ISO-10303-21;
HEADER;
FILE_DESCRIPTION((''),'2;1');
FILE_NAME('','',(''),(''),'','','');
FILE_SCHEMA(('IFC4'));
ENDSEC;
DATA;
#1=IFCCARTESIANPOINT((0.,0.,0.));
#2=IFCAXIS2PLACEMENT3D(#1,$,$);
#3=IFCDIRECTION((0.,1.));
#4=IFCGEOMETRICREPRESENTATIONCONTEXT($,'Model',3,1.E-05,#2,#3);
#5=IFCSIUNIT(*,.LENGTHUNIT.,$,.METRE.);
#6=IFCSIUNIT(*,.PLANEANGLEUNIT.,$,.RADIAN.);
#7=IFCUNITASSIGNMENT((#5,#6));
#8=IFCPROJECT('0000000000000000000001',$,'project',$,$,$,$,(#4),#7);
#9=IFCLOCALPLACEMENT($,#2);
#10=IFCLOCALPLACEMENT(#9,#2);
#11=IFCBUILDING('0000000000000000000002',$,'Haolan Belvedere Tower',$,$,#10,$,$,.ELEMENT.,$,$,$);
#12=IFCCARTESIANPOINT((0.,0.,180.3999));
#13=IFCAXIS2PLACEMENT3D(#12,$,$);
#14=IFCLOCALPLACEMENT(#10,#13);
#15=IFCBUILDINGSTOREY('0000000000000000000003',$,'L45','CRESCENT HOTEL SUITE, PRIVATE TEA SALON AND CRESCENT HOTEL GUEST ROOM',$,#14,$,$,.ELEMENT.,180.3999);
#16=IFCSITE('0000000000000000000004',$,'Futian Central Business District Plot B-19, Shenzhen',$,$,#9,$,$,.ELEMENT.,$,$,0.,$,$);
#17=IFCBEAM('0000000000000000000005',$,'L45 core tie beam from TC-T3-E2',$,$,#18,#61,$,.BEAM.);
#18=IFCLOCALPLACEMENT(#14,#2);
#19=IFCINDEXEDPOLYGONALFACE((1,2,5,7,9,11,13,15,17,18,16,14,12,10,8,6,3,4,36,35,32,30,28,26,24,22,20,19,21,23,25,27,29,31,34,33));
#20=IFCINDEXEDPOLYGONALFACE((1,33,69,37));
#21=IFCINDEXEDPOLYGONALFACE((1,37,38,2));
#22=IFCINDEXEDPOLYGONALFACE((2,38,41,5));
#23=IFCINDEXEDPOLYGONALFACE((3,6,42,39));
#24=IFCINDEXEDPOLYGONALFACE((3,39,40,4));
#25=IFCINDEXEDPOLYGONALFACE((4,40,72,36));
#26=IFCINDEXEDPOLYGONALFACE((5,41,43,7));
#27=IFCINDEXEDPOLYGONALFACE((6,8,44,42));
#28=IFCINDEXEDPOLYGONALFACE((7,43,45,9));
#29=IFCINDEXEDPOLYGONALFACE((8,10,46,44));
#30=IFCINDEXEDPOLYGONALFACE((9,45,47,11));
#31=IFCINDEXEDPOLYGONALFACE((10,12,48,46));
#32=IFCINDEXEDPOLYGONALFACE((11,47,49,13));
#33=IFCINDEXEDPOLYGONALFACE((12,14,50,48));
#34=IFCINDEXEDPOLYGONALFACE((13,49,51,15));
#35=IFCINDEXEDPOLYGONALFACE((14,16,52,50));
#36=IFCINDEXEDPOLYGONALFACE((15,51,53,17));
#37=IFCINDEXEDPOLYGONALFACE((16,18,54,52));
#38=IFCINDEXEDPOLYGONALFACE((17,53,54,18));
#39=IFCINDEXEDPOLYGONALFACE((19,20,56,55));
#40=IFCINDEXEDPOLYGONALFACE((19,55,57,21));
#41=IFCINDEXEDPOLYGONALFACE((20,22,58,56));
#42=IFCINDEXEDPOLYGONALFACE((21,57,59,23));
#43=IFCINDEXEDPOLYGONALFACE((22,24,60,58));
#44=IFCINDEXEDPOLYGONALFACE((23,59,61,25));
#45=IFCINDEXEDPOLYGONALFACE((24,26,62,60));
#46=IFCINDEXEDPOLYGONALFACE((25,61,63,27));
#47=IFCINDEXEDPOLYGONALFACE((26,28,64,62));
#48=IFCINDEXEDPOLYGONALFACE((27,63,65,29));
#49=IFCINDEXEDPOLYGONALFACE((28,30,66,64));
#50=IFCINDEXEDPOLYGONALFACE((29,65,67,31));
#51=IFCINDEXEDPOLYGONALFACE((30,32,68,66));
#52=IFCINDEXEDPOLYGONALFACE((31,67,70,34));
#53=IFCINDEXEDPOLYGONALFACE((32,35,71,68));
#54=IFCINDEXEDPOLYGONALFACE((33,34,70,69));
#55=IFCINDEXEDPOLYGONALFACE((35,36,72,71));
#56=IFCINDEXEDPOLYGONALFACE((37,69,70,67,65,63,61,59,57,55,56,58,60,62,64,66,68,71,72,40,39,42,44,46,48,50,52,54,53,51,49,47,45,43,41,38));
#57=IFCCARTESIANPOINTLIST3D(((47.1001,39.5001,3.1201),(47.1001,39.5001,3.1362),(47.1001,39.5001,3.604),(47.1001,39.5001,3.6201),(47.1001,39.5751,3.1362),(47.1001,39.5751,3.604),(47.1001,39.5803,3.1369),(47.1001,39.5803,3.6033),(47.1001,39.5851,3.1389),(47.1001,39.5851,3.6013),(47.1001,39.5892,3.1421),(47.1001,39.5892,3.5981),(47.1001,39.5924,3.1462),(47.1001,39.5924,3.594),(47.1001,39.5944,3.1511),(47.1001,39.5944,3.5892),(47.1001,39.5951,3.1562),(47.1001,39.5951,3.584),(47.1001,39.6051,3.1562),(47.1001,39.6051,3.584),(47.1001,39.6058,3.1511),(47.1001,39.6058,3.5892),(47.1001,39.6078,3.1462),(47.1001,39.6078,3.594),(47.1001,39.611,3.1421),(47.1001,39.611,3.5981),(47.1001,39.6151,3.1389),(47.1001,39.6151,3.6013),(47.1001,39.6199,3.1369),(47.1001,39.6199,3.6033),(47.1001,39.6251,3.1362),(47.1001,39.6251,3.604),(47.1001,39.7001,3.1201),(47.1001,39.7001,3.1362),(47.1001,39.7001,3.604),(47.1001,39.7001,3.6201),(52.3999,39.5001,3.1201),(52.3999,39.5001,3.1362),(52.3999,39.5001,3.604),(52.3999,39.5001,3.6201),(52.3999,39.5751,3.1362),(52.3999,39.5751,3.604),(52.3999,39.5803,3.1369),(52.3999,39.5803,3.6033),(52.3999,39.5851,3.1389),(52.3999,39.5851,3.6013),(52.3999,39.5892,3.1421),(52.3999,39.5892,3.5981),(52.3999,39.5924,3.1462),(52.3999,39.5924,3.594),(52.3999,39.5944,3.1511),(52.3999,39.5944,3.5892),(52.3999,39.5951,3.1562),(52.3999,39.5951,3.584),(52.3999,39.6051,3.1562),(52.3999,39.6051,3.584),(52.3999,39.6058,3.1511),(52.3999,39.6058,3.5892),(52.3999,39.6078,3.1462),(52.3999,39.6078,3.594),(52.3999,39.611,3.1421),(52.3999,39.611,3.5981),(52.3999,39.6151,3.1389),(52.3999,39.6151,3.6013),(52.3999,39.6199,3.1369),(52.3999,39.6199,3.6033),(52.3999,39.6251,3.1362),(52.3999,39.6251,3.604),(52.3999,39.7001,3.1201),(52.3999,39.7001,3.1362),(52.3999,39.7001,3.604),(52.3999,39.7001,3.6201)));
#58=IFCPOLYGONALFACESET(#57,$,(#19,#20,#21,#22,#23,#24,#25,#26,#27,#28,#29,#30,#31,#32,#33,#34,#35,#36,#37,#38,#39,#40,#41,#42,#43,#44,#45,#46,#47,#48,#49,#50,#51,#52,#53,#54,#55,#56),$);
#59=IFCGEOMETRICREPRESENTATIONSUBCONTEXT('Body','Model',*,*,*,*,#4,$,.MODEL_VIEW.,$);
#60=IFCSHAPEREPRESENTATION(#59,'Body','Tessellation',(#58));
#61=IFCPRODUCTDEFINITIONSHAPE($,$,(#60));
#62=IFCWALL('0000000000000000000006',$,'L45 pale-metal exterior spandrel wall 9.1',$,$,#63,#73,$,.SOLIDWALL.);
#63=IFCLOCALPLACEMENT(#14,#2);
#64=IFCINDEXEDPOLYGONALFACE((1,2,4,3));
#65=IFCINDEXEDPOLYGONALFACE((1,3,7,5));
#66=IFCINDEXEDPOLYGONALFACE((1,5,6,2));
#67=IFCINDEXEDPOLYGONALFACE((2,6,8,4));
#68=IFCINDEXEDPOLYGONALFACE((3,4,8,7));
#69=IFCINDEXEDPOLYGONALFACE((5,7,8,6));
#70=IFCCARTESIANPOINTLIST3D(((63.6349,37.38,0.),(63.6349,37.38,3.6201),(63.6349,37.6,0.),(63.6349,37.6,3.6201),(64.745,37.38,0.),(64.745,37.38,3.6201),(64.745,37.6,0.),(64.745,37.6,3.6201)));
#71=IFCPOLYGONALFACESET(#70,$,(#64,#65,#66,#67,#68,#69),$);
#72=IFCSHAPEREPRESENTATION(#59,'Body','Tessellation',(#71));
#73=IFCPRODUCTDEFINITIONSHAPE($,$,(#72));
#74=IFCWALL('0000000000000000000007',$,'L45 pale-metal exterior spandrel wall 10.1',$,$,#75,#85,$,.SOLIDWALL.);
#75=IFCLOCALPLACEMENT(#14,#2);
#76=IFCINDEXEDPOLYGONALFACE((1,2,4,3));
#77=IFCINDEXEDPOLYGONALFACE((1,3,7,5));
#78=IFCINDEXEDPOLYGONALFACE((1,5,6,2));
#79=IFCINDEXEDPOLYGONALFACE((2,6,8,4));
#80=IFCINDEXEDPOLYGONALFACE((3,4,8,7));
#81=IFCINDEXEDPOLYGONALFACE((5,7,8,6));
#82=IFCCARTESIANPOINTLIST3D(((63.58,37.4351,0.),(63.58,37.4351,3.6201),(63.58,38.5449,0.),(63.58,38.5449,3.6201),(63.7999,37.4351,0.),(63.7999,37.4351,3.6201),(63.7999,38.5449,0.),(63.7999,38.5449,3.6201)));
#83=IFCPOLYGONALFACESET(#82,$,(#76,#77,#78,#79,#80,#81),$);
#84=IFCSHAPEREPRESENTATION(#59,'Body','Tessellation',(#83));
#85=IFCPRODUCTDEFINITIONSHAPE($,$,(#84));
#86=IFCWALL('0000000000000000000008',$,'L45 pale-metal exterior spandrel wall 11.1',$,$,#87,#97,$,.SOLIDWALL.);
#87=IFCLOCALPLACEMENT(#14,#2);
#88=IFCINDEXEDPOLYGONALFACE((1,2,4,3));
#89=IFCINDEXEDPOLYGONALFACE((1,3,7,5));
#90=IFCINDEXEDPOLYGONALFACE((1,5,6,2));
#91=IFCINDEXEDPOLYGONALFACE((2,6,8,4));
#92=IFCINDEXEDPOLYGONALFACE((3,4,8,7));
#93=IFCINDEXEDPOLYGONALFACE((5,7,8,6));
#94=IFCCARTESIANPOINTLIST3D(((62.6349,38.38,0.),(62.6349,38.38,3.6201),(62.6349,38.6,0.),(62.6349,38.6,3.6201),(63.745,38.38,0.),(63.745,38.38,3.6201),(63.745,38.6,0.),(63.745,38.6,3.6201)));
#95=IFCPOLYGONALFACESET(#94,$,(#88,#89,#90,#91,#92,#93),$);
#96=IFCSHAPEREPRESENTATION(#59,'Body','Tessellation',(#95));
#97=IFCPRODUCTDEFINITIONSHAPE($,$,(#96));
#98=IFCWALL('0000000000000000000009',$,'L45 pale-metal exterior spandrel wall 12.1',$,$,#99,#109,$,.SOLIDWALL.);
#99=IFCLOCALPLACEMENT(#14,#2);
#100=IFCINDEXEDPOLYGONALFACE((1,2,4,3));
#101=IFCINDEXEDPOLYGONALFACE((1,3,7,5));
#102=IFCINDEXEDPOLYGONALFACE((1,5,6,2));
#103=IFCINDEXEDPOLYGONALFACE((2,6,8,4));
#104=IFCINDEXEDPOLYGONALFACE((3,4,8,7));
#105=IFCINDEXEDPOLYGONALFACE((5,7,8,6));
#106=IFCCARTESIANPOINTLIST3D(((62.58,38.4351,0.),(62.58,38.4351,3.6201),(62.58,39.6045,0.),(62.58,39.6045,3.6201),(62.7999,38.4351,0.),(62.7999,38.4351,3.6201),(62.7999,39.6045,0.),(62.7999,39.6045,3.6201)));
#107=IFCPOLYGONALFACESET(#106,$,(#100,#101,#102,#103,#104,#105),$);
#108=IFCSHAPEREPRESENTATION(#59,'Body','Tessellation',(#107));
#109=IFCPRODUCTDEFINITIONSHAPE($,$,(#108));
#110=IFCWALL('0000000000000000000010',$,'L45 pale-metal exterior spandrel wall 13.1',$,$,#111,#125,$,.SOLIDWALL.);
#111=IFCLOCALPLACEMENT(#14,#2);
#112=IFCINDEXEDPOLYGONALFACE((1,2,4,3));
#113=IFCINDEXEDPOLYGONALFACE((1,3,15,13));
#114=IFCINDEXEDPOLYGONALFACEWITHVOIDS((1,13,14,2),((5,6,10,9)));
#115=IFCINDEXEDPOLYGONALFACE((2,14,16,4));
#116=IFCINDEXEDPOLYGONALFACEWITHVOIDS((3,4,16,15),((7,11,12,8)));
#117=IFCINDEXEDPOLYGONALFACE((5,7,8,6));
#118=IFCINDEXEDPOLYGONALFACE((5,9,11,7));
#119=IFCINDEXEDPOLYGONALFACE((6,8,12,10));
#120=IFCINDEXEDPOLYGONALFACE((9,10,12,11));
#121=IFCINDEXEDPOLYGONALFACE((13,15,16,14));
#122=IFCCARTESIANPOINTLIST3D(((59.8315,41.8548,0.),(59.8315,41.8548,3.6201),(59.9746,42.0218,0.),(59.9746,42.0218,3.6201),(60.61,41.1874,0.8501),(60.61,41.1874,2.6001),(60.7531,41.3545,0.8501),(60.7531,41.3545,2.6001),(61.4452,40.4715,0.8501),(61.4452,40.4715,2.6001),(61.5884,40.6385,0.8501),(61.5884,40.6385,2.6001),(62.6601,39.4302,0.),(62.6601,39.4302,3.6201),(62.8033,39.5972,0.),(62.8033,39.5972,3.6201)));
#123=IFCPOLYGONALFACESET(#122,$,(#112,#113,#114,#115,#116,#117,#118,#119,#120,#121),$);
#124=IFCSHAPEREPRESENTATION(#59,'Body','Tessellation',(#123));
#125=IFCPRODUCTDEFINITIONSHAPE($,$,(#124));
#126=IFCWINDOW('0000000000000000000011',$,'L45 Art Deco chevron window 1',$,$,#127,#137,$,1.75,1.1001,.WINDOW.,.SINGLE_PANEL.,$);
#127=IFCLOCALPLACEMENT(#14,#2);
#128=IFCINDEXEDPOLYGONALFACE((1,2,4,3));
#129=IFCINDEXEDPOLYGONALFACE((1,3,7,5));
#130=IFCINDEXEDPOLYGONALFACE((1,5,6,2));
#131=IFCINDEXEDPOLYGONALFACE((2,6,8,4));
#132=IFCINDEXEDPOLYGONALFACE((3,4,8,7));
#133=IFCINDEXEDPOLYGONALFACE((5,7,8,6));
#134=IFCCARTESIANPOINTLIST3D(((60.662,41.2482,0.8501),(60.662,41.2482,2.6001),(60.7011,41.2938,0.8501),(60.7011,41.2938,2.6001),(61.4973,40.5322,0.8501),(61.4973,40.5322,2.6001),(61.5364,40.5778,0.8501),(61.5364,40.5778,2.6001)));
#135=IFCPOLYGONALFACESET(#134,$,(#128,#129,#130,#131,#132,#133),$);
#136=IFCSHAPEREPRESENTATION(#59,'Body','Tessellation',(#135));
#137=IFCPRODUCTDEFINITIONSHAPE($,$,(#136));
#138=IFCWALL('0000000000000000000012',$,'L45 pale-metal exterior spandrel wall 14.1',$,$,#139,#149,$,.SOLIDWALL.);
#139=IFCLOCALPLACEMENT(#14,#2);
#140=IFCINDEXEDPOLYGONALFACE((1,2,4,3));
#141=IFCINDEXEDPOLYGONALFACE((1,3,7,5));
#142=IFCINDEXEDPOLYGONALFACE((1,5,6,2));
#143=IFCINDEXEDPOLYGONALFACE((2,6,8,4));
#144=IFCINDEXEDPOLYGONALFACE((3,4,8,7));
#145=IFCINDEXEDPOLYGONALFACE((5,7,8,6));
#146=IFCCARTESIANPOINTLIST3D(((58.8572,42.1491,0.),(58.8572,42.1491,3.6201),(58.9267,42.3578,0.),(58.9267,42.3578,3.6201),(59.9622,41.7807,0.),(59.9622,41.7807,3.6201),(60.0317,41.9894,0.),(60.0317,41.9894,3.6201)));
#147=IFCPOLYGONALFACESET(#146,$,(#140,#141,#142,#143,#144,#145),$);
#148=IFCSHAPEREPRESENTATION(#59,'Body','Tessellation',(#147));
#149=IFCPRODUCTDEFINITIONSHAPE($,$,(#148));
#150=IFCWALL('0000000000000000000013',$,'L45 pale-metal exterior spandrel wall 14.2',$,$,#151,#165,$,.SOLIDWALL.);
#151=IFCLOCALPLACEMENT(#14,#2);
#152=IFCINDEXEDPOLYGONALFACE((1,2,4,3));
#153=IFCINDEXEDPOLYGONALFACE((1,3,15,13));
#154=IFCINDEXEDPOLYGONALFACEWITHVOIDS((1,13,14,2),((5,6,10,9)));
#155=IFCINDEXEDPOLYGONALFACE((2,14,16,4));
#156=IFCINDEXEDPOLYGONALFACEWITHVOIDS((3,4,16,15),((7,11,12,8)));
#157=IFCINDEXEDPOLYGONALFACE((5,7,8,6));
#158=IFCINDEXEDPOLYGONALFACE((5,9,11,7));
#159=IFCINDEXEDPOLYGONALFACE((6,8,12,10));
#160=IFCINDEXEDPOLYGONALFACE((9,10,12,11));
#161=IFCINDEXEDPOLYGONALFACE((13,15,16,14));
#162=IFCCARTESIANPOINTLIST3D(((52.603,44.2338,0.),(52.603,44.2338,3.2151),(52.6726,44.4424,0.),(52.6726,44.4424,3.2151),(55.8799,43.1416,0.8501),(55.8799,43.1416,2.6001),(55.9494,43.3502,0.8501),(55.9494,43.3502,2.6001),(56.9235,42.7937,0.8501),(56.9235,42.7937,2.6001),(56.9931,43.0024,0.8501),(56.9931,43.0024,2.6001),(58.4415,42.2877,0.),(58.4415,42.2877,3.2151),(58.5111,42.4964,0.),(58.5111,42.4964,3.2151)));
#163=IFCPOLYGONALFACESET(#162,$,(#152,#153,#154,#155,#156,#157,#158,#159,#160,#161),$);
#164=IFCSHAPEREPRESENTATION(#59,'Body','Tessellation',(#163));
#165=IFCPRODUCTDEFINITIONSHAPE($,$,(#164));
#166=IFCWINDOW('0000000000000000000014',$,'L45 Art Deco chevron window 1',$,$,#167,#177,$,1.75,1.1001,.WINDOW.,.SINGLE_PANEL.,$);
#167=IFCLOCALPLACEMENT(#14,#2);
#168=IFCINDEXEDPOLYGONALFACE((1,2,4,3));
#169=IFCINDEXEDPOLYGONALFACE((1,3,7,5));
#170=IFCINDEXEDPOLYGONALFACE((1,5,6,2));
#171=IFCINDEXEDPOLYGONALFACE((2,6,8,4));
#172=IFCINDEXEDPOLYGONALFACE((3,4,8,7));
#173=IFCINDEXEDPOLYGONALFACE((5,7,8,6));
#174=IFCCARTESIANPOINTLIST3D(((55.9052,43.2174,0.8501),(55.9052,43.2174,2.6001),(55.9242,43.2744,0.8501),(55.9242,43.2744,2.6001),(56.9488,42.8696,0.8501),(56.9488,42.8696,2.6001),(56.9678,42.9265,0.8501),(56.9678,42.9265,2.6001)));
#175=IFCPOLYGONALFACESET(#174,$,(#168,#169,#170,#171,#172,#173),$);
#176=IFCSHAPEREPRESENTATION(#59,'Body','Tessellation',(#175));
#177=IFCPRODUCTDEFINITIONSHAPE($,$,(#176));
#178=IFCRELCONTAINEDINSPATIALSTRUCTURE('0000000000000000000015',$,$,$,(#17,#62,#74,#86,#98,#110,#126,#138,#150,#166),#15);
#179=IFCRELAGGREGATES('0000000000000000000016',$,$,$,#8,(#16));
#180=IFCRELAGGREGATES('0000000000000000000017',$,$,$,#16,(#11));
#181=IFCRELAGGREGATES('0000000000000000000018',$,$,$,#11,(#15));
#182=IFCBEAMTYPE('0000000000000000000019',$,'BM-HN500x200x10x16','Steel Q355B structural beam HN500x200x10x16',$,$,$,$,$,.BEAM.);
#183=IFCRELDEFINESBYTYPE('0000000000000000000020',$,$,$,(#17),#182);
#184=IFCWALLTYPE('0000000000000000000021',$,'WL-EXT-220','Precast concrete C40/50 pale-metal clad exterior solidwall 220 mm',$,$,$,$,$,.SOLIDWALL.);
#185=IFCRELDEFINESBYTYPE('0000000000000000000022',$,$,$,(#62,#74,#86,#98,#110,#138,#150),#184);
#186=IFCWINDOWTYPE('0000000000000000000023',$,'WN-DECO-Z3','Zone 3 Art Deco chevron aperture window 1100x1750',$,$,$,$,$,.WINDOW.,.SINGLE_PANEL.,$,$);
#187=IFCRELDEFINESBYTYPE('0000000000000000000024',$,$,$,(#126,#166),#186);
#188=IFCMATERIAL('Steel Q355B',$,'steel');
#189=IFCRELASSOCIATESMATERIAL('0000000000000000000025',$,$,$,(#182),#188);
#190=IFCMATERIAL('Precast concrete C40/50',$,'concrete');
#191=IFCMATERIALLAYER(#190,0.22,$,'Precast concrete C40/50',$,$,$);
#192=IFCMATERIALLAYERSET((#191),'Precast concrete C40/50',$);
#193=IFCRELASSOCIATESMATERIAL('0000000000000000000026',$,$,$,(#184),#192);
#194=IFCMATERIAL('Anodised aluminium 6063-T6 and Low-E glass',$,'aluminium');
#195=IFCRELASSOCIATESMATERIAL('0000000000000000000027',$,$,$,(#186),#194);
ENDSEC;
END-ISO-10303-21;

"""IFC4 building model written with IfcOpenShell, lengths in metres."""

from ifc_helpers import new_model, si_unit, direction, frame, frame_2d, origin, origin_2d, place, context, subcontext, project, spatial, rectangle, i_section, extrude, material, layer, layer_set, material_profile, profile_set, type_object, element, fill, save


model = new_model("IFC4")

# Units and contexts
model_context = context("Model", 3, precision=1e-05, world=origin(), true_north=direction((0.0, 1.0)))
body_context = subcontext(model_context, "Body", "Model", "MODEL_VIEW")
ifc_project = project(units=[si_unit("LENGTHUNIT", "METRE"), si_unit("PLANEANGLEUNIT", "RADIAN")], contexts=[model_context])

# Site, building, storey
site_placement = place(None, origin())
site = spatial("IfcSite", under=ifc_project, at=site_placement, Name="Futian Central Business District Plot B-19, Shenzhen", CompositionType="ELEMENT", RefElevation=0.0)
building_placement = place(site_placement, origin())
building = spatial("IfcBuilding", under=site, at=building_placement, Name="Haolan Belvedere Tower", CompositionType="ELEMENT")
storey_placement = place(building_placement, frame((0.0, 0.0, 180.3999)))
storey = spatial("IfcBuildingStorey", under=building, at=storey_placement, Name="L45", Description="CRESCENT HOTEL SUITE, PRIVATE TEA SALON AND CRESCENT HOTEL GUEST ROOM", CompositionType="ELEMENT", Elevation=180.3999)

# Beam
ifc_material_1 = material(Name="Steel Q355B", Category="steel")
ifc_material_profile_1 = material_profile(ifc_material_1, i_section(OverallWidth=0.2, OverallDepth=0.5, WebThickness=0.01, FlangeThickness=0.0161, FilletRadius=0.02, at=origin_2d()), Name="Steel Q355B")
ifc_profile_set_1 = profile_set([ifc_material_profile_1], Name="Steel Q355B")
beam_type_1 = type_object("IfcBeamType", Name="BM-HN500x200x10x16", Description="Steel Q355B structural beam HN500x200x10x16", PredefinedType="BEAM", material=ifc_profile_set_1)
beam_1_placement = place(storey_placement, frame((52.3999, 39.6001, 3.3701), z_axis=(-1.0, 0.0, 0.0), x_axis=(0.0, -1.0, 0.0)))
element("IfcBeam", 1, at=beam_1_placement, inside=storey, type_object=beam_type_1, Name="L45 core tie beam from TC-T3-E2", PredefinedType="BEAM", context=body_context, shape_type="SweptSolid", body=[
    extrude(i_section(OverallWidth=0.2, OverallDepth=0.5, WebThickness=0.01, FlangeThickness=0.0161, FilletRadius=0.02, at=origin_2d()), origin(), (0.0, 0.0, 1.0), 5.2998),
])

# Walls
ifc_material_2 = material(Name="Precast concrete C40/50", Category="concrete")
ifc_layer_1 = layer(ifc_material_2, 0.22, Name="Precast concrete C40/50")
ifc_layer_set_1 = layer_set([ifc_layer_1], Name="Precast concrete C40/50")
wall_type_1 = type_object("IfcWallType", Name="WL-EXT-220", Description="Precast concrete C40/50 pale-metal clad exterior solidwall 220 mm", PredefinedType="SOLIDWALL", material=ifc_layer_set_1)
wall_1_placement = place(storey_placement, frame((64.7451, 37.49, 0.0), z_axis=(0.0, 0.0, 1.0), x_axis=(-1.0, 0.0, 0.0)))
element("IfcWall", 2, at=wall_1_placement, inside=storey, type_object=wall_type_1, Name="L45 pale-metal exterior spandrel wall 9.1", PredefinedType="SOLIDWALL", context=body_context, shape_type="SweptSolid", body=[
    extrude(rectangle(XDim=1.1101, YDim=0.22, at=frame_2d((0.5552, 0.0))), origin(), (0.0, 0.0, 1.0), 3.6201),
])
wall_2_placement = place(storey_placement, frame((63.6899, 37.4351, 0.0), z_axis=(0.0, 0.0, 1.0), x_axis=(0.0, 1.0, 0.0)))
element("IfcWall", 3, at=wall_2_placement, inside=storey, type_object=wall_type_1, Name="L45 pale-metal exterior spandrel wall 10.1", PredefinedType="SOLIDWALL", context=body_context, shape_type="SweptSolid", body=[
    extrude(rectangle(XDim=1.1099, YDim=0.22, at=frame_2d((0.5549, 0.0))), origin(), (0.0, 0.0, 1.0), 3.6201),
])
wall_3_placement = place(storey_placement, frame((63.7451, 38.49, 0.0), z_axis=(0.0, 0.0, 1.0), x_axis=(-1.0, 0.0, 0.0)))
element("IfcWall", 4, at=wall_3_placement, inside=storey, type_object=wall_type_1, Name="L45 pale-metal exterior spandrel wall 11.1", PredefinedType="SOLIDWALL", context=body_context, shape_type="SweptSolid", body=[
    extrude(rectangle(XDim=1.1101, YDim=0.22, at=frame_2d((0.5552, 0.0))), origin(), (0.0, 0.0, 1.0), 3.6201),
])
wall_4_placement = place(storey_placement, frame((62.6899, 38.4351, 0.0), z_axis=(0.0, 0.0, 1.0), x_axis=(0.0, 1.0, 0.0)))
element("IfcWall", 5, at=wall_4_placement, inside=storey, type_object=wall_type_1, Name="L45 pale-metal exterior spandrel wall 12.1", PredefinedType="SOLIDWALL", context=body_context, shape_type="SweptSolid", body=[
    extrude(rectangle(XDim=1.1694, YDim=0.22, at=frame_2d((0.5847, 0.0))), origin(), (0.0, 0.0, 1.0), 3.6201),
])

# Wall, opening, window
wall_5_placement = place(storey_placement, frame((62.7317, 39.5137, 0.0), z_axis=(0.0, 0.0, 1.0), x_axis=(-0.759252, 0.650797, 0.0)))
wall_5 = element("IfcWall", 6, at=wall_5_placement, inside=storey, type_object=wall_type_1, Name="L45 pale-metal exterior spandrel wall 13.1", PredefinedType="SOLIDWALL", context=body_context, shape_type="SweptSolid", body=[
    extrude(rectangle(XDim=3.7256, YDim=0.22, at=frame_2d((1.8628, 0.0))), origin(), (0.0, 0.0, 1.0), 3.6201),
])
opening_1_placement = place(wall_5_placement, frame((1.6001, 0.0, 0.8501)))
opening_1 = element("IfcOpeningElement", 7, at=opening_1_placement, cuts=wall_5, PredefinedType="OPENING", context=body_context, shape_type="SweptSolid", body=[
    extrude(rectangle(XDim=1.1001, YDim=1.75, at=frame_2d((0.55, 0.875))), frame((0.0, 0.1199, 0.0), z_axis=(0.0, -1.0, 0.0), x_axis=(1.0, 0.0, 0.0)), (0.0, 0.0, 1.0), 0.24),
])
ifc_material_3 = material(Name="Anodised aluminium 6063-T6 and Low-E glass", Category="aluminium")
window_type = type_object("IfcWindowType", Name="WN-DECO-Z3", Description="Zone 3 Art Deco chevron aperture window 1100x1750", PartitioningType="SINGLE_PANEL", PredefinedType="WINDOW", material=ifc_material_3)
window_1_placement = place(opening_1_placement, origin())
window_1 = element("IfcWindow", 8, at=window_1_placement, inside=storey, type_object=window_type, Name="L45 Art Deco chevron window 1", OverallHeight=1.75, OverallWidth=1.1001, PartitioningType="SINGLE_PANEL", PredefinedType="WINDOW", context=body_context, shape_type="SweptSolid", body=[
    extrude(rectangle(XDim=1.1001, YDim=1.75, at=frame_2d((0.55, 0.875))), frame((0.0, 0.03, 0.0), z_axis=(0.0, -1.0, 0.0), x_axis=(1.0, 0.0, 0.0)), (0.0, 0.0, 1.0), 0.0601),
])
fill(opening_1, window_1)

# Wall
wall_6_placement = place(storey_placement, frame((59.9971, 41.885, 0.0), z_axis=(0.0, 0.0, 1.0), x_axis=(-0.948662, 0.316291, 0.0)))
element("IfcWall", 9, at=wall_6_placement, inside=storey, type_object=wall_type_1, Name="L45 pale-metal exterior spandrel wall 14.1", PredefinedType="SOLIDWALL", context=body_context, shape_type="SweptSolid", body=[
    extrude(rectangle(XDim=1.1648, YDim=0.22, at=frame_2d((0.5825, 0.0))), origin(), (0.0, 0.0, 1.0), 3.6201),
])

# Wall, opening, window
wall_7_placement = place(storey_placement, frame((58.4763, 42.3921, 0.0), z_axis=(0.0, 0.0, 1.0), x_axis=(-0.948691, 0.316204, 0.0)))
wall_7 = element("IfcWall", 10, at=wall_7_placement, inside=storey, type_object=wall_type_1, Name="L45 pale-metal exterior spandrel wall 14.2", PredefinedType="SOLIDWALL", context=body_context, shape_type="SweptSolid", body=[
    extrude(rectangle(XDim=6.1543, YDim=0.22, at=frame_2d((3.0771, 0.0))), origin(), (0.0, 0.0, 1.0), 3.2151),
])
opening_2_placement = place(wall_7_placement, frame((1.6001, 0.0, 0.8501)))
opening_2 = element("IfcOpeningElement", 11, at=opening_2_placement, cuts=wall_7, PredefinedType="OPENING", context=body_context, shape_type="SweptSolid", body=[
    extrude(rectangle(XDim=1.1001, YDim=1.75, at=frame_2d((0.55, 0.875))), frame((0.0, 0.1199, 0.0), z_axis=(0.0, -1.0, 0.0), x_axis=(1.0, 0.0, 0.0)), (0.0, 0.0, 1.0), 0.24),
])
window_2_placement = place(opening_2_placement, origin())
window_2 = element("IfcWindow", 12, at=window_2_placement, inside=storey, type_object=window_type, Name="L45 Art Deco chevron window 1", OverallHeight=1.75, OverallWidth=1.1001, PartitioningType="SINGLE_PANEL", PredefinedType="WINDOW", context=body_context, shape_type="SweptSolid", body=[
    extrude(rectangle(XDim=1.1001, YDim=1.75, at=frame_2d((0.55, 0.875))), frame((0.0, 0.03, 0.0), z_axis=(0.0, -1.0, 0.0), x_axis=(1.0, 0.0, 0.0)), (0.0, 0.0, 1.0), 0.0601),
])
fill(opening_2, window_2)

save(model, "model.ifc")
